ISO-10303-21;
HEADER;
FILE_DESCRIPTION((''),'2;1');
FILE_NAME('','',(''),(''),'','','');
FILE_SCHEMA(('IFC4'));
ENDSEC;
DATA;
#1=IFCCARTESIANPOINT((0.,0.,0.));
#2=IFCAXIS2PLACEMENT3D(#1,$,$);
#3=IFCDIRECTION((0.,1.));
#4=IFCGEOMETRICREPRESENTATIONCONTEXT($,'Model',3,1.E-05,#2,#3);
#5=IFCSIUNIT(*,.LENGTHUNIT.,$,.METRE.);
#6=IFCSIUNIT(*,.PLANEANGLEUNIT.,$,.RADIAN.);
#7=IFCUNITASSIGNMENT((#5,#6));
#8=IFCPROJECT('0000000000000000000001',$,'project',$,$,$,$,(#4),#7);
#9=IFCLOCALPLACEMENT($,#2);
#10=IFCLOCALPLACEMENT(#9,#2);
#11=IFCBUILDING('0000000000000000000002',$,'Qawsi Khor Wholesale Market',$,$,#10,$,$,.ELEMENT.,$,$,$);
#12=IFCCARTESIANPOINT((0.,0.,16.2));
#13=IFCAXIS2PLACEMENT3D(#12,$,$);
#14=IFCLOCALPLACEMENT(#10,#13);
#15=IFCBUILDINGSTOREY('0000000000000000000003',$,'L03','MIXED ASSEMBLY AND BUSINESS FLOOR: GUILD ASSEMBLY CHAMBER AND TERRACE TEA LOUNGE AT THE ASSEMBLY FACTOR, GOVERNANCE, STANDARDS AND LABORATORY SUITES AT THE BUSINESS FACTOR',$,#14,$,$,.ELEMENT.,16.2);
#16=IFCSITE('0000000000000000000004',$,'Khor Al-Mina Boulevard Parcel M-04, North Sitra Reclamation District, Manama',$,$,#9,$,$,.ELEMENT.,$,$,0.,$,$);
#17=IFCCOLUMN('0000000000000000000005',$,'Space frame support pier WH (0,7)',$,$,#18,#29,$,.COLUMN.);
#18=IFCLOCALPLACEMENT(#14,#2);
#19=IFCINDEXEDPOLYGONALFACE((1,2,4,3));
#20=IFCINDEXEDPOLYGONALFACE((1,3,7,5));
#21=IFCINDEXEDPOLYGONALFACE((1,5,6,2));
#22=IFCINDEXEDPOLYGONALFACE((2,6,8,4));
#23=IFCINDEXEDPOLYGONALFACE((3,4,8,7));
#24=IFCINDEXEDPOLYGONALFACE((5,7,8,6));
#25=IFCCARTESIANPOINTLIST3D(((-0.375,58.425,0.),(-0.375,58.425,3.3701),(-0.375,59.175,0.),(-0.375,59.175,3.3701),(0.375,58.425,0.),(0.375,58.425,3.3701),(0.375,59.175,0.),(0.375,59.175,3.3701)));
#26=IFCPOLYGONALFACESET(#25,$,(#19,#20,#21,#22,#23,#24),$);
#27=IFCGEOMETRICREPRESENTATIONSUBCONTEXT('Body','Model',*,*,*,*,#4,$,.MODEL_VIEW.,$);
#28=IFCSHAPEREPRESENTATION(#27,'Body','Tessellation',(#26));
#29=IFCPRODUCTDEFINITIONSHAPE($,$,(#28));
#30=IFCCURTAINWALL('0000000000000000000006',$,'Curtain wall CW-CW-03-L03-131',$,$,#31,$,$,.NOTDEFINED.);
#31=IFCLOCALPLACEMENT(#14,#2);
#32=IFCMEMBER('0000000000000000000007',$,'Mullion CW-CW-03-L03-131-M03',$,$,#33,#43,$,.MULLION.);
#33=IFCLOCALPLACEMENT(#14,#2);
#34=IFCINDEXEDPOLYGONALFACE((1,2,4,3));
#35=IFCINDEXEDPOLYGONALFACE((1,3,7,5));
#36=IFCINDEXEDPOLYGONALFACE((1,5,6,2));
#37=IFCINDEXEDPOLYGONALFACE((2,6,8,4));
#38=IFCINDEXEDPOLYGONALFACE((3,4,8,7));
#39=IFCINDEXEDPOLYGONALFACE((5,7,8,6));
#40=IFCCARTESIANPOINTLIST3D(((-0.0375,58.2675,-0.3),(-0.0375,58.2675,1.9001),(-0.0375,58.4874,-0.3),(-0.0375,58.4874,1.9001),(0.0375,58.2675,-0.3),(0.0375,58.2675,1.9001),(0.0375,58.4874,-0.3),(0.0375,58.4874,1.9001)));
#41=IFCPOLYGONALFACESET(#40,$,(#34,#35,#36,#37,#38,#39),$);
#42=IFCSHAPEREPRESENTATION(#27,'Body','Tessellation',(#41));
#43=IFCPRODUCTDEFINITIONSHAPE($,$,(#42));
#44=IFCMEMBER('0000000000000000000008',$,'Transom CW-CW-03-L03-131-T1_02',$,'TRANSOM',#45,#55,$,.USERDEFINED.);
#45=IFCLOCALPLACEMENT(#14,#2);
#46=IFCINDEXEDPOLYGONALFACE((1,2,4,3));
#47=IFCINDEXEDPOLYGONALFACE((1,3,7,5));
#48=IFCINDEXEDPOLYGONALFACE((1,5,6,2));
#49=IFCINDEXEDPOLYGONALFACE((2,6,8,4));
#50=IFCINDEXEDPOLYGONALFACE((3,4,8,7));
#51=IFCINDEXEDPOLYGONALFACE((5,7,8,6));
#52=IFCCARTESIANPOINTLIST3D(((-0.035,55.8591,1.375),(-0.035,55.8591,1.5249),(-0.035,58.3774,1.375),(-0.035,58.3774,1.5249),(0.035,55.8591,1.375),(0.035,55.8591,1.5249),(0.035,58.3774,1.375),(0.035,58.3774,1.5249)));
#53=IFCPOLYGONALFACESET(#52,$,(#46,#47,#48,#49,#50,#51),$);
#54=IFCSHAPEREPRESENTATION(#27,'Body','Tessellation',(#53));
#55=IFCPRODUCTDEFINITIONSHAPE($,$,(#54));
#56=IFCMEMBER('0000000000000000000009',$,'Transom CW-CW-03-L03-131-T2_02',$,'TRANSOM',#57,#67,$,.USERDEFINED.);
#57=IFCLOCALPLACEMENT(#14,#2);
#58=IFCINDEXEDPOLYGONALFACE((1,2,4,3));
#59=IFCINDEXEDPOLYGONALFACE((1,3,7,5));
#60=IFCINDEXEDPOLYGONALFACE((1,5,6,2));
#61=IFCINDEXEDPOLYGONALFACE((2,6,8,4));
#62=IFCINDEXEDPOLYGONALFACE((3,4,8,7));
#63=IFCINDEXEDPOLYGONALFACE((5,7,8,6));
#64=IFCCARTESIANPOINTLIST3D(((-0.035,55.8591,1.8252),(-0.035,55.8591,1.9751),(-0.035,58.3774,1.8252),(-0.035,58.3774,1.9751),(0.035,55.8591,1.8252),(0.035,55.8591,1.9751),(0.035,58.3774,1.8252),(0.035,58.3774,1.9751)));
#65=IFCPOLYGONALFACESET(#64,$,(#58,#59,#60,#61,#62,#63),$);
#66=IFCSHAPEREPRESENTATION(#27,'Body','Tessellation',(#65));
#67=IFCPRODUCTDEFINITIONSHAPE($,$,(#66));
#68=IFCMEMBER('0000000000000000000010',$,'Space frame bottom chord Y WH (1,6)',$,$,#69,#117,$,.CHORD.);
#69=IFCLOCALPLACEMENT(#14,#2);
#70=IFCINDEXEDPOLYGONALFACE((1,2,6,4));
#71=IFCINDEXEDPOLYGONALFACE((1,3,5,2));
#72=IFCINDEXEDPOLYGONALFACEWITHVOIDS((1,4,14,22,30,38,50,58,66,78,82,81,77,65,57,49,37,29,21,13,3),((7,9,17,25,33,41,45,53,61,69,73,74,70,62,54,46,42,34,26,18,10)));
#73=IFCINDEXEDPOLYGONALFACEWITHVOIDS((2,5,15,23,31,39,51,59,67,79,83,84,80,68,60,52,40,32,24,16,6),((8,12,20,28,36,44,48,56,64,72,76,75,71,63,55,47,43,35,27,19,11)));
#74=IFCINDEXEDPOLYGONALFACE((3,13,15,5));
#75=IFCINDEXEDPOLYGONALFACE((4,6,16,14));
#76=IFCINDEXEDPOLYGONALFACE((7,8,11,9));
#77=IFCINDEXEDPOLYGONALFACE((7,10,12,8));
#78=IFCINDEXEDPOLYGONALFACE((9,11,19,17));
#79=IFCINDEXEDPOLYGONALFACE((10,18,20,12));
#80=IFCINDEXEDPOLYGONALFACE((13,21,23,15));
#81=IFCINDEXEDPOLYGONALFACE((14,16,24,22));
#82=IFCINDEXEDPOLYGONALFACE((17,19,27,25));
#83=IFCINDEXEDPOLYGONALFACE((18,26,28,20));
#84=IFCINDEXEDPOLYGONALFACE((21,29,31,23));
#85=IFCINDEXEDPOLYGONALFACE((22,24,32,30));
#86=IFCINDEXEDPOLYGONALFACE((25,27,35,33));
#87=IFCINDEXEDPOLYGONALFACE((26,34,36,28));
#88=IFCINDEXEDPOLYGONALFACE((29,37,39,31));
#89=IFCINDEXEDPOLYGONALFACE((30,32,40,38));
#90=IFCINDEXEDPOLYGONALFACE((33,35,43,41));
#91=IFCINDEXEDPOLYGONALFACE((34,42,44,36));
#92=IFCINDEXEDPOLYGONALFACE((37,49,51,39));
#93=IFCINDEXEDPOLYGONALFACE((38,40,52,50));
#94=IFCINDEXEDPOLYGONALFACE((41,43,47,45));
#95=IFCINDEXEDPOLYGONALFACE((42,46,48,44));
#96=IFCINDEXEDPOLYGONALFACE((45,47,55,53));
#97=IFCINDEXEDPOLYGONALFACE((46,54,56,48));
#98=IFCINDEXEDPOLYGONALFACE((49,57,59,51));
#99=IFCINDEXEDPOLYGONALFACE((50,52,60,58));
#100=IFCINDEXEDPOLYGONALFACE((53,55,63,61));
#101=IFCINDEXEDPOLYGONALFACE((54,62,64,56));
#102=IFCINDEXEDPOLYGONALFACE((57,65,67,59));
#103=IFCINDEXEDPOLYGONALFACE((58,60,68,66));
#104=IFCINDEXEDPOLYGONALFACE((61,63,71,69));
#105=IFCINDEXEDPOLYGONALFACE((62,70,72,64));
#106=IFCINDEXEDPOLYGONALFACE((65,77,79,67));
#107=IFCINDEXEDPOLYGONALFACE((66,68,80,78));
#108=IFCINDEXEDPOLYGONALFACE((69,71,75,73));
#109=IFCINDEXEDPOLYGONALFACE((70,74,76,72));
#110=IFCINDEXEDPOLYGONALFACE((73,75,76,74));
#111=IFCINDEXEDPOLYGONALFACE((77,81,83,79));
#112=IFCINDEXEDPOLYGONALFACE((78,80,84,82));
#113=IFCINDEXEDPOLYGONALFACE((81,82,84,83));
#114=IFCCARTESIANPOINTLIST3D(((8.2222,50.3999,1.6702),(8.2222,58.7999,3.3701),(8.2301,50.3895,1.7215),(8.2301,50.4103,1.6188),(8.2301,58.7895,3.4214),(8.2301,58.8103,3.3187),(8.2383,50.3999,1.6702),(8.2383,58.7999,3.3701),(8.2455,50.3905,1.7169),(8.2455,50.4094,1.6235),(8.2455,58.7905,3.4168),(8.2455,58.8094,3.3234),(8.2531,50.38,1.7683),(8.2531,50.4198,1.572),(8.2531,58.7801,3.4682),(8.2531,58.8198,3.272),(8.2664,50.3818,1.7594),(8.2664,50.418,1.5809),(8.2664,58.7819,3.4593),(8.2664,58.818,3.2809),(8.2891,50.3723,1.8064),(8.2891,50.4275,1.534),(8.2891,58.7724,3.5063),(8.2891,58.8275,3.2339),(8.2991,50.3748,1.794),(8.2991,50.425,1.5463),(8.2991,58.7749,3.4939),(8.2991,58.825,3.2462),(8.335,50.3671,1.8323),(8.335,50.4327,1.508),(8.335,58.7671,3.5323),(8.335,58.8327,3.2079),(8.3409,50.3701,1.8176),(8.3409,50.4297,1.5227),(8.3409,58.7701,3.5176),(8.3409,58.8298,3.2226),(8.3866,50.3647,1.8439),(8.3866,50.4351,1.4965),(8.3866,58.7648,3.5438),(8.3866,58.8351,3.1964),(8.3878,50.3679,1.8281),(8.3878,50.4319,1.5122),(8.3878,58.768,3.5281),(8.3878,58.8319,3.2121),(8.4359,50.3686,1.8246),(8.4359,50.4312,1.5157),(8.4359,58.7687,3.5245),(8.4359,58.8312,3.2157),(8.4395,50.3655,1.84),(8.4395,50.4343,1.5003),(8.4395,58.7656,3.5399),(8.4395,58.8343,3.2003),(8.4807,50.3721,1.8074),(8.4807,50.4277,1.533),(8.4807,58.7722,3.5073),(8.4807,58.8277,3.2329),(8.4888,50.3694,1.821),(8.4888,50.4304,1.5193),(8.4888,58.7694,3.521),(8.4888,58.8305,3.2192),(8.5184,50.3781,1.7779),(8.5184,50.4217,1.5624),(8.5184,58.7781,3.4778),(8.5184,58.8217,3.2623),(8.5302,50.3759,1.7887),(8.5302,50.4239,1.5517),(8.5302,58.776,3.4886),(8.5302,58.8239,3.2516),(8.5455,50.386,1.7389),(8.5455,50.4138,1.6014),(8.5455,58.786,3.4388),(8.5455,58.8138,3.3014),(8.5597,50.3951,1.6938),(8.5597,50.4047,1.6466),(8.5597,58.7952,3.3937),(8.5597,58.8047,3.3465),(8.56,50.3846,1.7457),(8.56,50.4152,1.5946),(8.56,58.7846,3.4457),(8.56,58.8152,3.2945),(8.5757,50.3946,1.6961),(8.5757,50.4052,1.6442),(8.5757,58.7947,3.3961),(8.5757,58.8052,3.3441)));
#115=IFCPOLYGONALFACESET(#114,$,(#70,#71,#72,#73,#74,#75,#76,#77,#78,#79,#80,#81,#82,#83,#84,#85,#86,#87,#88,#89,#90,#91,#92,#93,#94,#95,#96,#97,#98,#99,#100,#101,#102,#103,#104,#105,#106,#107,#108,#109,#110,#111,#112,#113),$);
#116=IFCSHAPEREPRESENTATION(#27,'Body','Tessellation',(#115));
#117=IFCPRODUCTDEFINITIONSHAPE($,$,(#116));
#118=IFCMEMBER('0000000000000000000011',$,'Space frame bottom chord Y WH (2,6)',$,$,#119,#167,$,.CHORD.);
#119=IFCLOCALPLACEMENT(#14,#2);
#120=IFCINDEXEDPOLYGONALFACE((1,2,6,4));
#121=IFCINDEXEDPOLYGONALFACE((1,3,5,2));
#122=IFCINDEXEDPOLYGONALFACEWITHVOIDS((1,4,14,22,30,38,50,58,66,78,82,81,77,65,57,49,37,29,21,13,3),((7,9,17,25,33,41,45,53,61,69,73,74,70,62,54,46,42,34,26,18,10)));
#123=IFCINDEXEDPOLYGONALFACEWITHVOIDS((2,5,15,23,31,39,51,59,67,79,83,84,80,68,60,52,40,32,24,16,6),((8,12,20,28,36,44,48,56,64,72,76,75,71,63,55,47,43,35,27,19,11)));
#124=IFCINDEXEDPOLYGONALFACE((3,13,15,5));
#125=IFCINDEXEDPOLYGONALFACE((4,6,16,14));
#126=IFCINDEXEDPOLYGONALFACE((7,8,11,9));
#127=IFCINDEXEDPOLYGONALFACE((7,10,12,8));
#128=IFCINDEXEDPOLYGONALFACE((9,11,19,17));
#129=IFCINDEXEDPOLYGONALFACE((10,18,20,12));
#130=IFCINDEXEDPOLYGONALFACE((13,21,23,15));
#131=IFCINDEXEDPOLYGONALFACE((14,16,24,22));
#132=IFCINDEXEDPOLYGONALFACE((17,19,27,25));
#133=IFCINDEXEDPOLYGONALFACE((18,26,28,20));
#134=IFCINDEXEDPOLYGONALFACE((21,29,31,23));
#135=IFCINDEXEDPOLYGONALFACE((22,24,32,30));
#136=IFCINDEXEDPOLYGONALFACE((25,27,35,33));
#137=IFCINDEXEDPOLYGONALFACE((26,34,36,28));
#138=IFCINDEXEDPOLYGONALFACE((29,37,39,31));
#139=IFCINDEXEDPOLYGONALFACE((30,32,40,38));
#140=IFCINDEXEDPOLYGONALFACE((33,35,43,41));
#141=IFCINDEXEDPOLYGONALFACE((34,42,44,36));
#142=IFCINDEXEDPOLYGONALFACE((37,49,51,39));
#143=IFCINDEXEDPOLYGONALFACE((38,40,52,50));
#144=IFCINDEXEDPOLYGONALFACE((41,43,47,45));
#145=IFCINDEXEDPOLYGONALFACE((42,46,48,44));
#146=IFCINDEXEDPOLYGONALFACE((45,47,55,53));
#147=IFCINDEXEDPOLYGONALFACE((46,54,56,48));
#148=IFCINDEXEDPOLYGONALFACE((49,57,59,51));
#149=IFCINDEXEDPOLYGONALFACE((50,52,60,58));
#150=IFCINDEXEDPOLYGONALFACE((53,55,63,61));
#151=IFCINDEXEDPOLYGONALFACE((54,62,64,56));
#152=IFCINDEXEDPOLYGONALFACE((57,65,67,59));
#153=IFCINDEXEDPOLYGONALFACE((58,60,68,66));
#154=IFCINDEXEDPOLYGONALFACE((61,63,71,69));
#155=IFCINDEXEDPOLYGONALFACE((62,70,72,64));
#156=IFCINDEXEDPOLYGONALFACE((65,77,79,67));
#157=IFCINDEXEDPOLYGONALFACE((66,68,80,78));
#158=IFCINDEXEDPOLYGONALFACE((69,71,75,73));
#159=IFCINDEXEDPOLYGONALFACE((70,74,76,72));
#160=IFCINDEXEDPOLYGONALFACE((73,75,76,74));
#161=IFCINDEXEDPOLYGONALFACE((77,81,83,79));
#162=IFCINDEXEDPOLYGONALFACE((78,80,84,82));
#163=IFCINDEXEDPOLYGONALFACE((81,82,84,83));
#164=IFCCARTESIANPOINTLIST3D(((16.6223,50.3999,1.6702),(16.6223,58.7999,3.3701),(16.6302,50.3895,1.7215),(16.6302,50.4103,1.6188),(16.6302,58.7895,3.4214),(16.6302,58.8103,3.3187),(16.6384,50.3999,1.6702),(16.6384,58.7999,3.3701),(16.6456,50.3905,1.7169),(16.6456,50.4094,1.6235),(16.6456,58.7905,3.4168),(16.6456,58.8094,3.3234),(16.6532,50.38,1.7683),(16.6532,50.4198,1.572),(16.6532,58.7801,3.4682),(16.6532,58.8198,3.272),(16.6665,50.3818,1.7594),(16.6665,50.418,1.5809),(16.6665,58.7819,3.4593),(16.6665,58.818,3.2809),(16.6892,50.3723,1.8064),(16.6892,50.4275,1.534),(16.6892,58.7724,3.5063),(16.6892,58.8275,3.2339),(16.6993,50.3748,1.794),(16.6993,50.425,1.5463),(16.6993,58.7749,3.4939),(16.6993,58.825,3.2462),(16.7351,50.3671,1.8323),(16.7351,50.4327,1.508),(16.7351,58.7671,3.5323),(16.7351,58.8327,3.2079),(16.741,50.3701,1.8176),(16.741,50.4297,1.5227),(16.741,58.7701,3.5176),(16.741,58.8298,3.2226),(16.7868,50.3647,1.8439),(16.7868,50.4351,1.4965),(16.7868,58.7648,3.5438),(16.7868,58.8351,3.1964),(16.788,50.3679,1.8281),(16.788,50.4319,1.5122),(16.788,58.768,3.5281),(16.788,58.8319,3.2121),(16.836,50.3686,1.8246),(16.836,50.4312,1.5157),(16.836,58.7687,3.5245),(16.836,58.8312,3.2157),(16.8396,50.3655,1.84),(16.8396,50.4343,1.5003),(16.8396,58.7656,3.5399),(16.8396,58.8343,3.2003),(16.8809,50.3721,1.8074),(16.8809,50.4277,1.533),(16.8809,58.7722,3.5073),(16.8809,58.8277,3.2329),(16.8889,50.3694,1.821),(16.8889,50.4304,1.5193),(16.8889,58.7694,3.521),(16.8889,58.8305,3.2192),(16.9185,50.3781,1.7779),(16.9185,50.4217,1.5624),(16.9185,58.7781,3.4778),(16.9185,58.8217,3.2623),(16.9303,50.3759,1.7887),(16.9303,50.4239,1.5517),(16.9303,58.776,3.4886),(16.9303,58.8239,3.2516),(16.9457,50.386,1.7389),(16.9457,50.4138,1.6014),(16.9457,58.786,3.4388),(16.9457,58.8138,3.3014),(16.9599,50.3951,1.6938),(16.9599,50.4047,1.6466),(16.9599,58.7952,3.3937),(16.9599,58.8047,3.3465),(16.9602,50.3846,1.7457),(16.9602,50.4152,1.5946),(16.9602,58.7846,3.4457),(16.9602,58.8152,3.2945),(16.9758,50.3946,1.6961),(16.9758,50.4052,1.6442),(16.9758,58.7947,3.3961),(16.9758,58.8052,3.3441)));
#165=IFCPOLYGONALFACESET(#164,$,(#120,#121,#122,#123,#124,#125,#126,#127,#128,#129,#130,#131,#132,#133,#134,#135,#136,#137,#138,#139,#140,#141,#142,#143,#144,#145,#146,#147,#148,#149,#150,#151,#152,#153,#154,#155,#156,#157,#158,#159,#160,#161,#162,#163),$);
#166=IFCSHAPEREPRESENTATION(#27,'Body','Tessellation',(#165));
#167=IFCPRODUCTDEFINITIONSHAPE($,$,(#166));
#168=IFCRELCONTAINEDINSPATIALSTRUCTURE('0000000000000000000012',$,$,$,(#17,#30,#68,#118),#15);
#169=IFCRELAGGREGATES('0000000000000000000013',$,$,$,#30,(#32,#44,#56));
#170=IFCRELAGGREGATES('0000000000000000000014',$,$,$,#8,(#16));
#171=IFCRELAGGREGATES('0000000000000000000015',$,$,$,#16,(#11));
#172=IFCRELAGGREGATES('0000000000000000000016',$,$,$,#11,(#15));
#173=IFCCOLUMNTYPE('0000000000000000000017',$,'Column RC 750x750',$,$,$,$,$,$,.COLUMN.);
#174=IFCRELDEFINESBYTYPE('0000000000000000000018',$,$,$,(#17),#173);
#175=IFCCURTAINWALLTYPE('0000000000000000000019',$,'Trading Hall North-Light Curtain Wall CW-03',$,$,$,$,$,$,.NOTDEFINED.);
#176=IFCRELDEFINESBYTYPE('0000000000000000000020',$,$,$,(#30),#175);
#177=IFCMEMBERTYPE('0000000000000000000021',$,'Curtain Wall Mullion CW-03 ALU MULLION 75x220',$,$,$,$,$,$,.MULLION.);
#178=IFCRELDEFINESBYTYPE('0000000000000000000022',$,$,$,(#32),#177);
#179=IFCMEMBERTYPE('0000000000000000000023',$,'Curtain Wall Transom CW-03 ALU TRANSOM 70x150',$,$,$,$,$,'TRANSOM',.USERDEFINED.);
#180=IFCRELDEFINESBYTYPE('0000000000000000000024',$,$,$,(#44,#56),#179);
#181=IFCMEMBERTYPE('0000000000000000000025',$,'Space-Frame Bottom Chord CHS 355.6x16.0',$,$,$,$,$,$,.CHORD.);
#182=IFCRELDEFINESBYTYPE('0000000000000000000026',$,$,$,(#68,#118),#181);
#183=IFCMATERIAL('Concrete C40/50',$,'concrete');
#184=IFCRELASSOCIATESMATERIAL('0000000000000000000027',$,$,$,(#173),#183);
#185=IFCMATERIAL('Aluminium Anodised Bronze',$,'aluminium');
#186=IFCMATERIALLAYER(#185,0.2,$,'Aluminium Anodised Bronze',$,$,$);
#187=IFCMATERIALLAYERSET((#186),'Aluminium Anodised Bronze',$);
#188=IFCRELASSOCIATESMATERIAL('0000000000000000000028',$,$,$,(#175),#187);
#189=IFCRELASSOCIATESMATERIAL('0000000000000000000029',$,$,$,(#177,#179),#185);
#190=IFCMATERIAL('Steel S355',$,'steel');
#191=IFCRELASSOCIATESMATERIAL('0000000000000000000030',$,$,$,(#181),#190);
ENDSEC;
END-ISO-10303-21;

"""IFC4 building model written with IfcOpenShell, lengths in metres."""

from ifc_helpers import new_model, si_unit, direction, frame, origin, origin_2d, place, context, subcontext, project, spatial, rectangle, hollow_circle, extrude, material, layer, layer_set, material_profile, profile_set, type_object, element, aggregate, save


model = new_model("IFC4")

# Units and contexts
model_context = context("Model", 3, precision=1e-05, world=origin(), true_north=direction((0.0, 1.0)))
body_context = subcontext(model_context, "Body", "Model", "MODEL_VIEW")
ifc_project = project(units=[si_unit("LENGTHUNIT", "METRE"), si_unit("PLANEANGLEUNIT", "RADIAN")], contexts=[model_context])

# Site, building, storey
site_placement = place(None, origin())
site = spatial("IfcSite", under=ifc_project, at=site_placement, Name="Khor Al-Mina Boulevard Parcel M-04, North Sitra Reclamation District, Manama", CompositionType="ELEMENT", RefElevation=0.0)
building_placement = place(site_placement, origin())
building = spatial("IfcBuilding", under=site, at=building_placement, Name="Qawsi Khor Wholesale Market", CompositionType="ELEMENT")
storey_placement = place(building_placement, frame((0.0, 0.0, 16.2)))
storey = spatial("IfcBuildingStorey", under=building, at=storey_placement, Name="L03", Description="MIXED ASSEMBLY AND BUSINESS FLOOR: GUILD ASSEMBLY CHAMBER AND TERRACE TEA LOUNGE AT THE ASSEMBLY FACTOR, GOVERNANCE, STANDARDS AND LABORATORY SUITES AT THE BUSINESS FACTOR", CompositionType="ELEMENT", Elevation=16.2)

# Column
ifc_material_1 = material(Name="Concrete C40/50", Category="concrete")
ifc_material_profile_1 = material_profile(ifc_material_1, rectangle(XDim=0.75, YDim=0.75, at=origin_2d()), Name="RC 750x750")
ifc_profile_set_1 = profile_set([ifc_material_profile_1], Name="Concrete C40/50")
column_type = type_object("IfcColumnType", Name="Column RC 750x750", PredefinedType="COLUMN", material=ifc_profile_set_1)
column_placement = place(storey_placement, frame((0.0, 58.8, 0.0), z_axis=(0.0, 0.0, 1.0), x_axis=(1.0, 0.0, 0.0)))
element("IfcColumn", 1, at=column_placement, inside=storey, type_object=column_type, Name="Space frame support pier WH (0,7)", PredefinedType="COLUMN", context=body_context, shape_type="SweptSolid", body=[
    extrude(rectangle(XDim=0.75, YDim=0.75, at=origin_2d()), origin(), (0.0, 0.0, 1.0), 3.3701),
])

# Curtain wall, members
ifc_material_2 = material(Name="Aluminium Anodised Bronze", Category="aluminium")
ifc_layer_1 = layer(ifc_material_2, 0.2, Name="Aluminium Anodised Bronze")
ifc_layer_set_1 = layer_set([ifc_layer_1], Name="Aluminium Anodised Bronze")
curtain_wall_type = type_object("IfcCurtainWallType", Name="Trading Hall North-Light Curtain Wall CW-03", PredefinedType="NOTDEFINED", material=ifc_layer_set_1)
curtain_wall_placement = place(storey_placement, origin())
curtain_wall = element("IfcCurtainWall", 2, at=curtain_wall_placement, inside=storey, type_object=curtain_wall_type, Name="Curtain wall CW-CW-03-L03-131", PredefinedType="NOTDEFINED")
ifc_material_profile_2 = material_profile(ifc_material_2, rectangle(XDim=0.075, YDim=0.22, at=origin_2d()), Name="ALU MULLION 75x220")
ifc_profile_set_2 = profile_set([ifc_material_profile_2], Name="Aluminium Anodised Bronze")
member_type_1 = type_object("IfcMemberType", Name="Curtain Wall Mullion CW-03 ALU MULLION 75x220", PredefinedType="MULLION", material=ifc_profile_set_2)
member_1_placement = place(storey_placement, frame((0.0, 58.3774, -0.3), z_axis=(0.0, 0.0, 1.0), x_axis=(1.0, 0.0, 0.0)))
member_1 = element("IfcMember", 3, at=member_1_placement, type_object=member_type_1, Name="Mullion CW-CW-03-L03-131-M03", PredefinedType="MULLION", context=body_context, shape_type="SweptSolid", body=[
    extrude(rectangle(XDim=0.075, YDim=0.22, at=origin_2d()), origin(), (0.0, 0.0, 1.0), 2.2002),
])
ifc_material_profile_3 = material_profile(ifc_material_2, rectangle(XDim=0.0701, YDim=0.1499, at=origin_2d()), Name="ALU TRANSOM 70x150")
ifc_profile_set_3 = profile_set([ifc_material_profile_3], Name="Aluminium Anodised Bronze")
member_type_2 = type_object("IfcMemberType", Name="Curtain Wall Transom CW-03 ALU TRANSOM 70x150", ElementType="TRANSOM", PredefinedType="USERDEFINED", material=ifc_profile_set_3)
member_2_placement = place(storey_placement, frame((0.0, 55.8591, 1.45), z_axis=(0.0, 1.0, 0.0), x_axis=(-1.0, 0.0, 0.0)))
member_2 = element("IfcMember", 4, at=member_2_placement, type_object=member_type_2, Name="Transom CW-CW-03-L03-131-T1_02", ObjectType="TRANSOM", PredefinedType="USERDEFINED", context=body_context, shape_type="SweptSolid", body=[
    extrude(rectangle(XDim=0.0701, YDim=0.1499, at=origin_2d()), origin(), (0.0, 0.0, 1.0), 2.5183),
])
member_3_placement = place(storey_placement, frame((0.0, 55.8591, 1.9001), z_axis=(0.0, 1.0, 0.0), x_axis=(-1.0, 0.0, 0.0)))
member_3 = element("IfcMember", 5, at=member_3_placement, type_object=member_type_2, Name="Transom CW-CW-03-L03-131-T2_02", ObjectType="TRANSOM", PredefinedType="USERDEFINED", context=body_context, shape_type="SweptSolid", body=[
    extrude(rectangle(XDim=0.0701, YDim=0.1499, at=origin_2d()), origin(), (0.0, 0.0, 1.0), 2.5183),
])

# Members
ifc_material_3 = material(Name="Steel S355", Category="steel")
ifc_material_profile_4 = material_profile(ifc_material_3, hollow_circle(Radius=0.1777, WallThickness=0.0161, at=origin_2d()), Name="CHS 355.6x16.0")
ifc_profile_set_4 = profile_set([ifc_material_profile_4], Name="Steel S355")
member_type_3 = type_object("IfcMemberType", Name="Space-Frame Bottom Chord CHS 355.6x16.0", PredefinedType="CHORD", material=ifc_profile_set_4)
for number, where, z_axis, x_axis, name in (
    (6, (8.3999, 50.3999, 1.6702), (0.0, 0.980131, 0.198351), (-1.0, 0.0, 0.0), "Space frame bottom chord Y WH (1,6)"),
    (7, (16.8, 50.3999, 1.6702), (0.0, 0.980131, 0.198351), (-1.0, 0.0, 0.0), "Space frame bottom chord Y WH (2,6)"),
):
    element("IfcMember", number, at=place(storey_placement, frame(where, z_axis=z_axis, x_axis=x_axis)), inside=storey, type_object=member_type_3, Name=name, PredefinedType="CHORD", context=body_context, shape_type="SweptSolid", body=[
        extrude(hollow_circle(Radius=0.1777, WallThickness=0.0161, at=origin_2d()), origin(), (0.0, 0.0, 1.0), 8.5703),
    ])

aggregate(curtain_wall, [member_1, member_2, member_3])

save(model, "model.ifc")
